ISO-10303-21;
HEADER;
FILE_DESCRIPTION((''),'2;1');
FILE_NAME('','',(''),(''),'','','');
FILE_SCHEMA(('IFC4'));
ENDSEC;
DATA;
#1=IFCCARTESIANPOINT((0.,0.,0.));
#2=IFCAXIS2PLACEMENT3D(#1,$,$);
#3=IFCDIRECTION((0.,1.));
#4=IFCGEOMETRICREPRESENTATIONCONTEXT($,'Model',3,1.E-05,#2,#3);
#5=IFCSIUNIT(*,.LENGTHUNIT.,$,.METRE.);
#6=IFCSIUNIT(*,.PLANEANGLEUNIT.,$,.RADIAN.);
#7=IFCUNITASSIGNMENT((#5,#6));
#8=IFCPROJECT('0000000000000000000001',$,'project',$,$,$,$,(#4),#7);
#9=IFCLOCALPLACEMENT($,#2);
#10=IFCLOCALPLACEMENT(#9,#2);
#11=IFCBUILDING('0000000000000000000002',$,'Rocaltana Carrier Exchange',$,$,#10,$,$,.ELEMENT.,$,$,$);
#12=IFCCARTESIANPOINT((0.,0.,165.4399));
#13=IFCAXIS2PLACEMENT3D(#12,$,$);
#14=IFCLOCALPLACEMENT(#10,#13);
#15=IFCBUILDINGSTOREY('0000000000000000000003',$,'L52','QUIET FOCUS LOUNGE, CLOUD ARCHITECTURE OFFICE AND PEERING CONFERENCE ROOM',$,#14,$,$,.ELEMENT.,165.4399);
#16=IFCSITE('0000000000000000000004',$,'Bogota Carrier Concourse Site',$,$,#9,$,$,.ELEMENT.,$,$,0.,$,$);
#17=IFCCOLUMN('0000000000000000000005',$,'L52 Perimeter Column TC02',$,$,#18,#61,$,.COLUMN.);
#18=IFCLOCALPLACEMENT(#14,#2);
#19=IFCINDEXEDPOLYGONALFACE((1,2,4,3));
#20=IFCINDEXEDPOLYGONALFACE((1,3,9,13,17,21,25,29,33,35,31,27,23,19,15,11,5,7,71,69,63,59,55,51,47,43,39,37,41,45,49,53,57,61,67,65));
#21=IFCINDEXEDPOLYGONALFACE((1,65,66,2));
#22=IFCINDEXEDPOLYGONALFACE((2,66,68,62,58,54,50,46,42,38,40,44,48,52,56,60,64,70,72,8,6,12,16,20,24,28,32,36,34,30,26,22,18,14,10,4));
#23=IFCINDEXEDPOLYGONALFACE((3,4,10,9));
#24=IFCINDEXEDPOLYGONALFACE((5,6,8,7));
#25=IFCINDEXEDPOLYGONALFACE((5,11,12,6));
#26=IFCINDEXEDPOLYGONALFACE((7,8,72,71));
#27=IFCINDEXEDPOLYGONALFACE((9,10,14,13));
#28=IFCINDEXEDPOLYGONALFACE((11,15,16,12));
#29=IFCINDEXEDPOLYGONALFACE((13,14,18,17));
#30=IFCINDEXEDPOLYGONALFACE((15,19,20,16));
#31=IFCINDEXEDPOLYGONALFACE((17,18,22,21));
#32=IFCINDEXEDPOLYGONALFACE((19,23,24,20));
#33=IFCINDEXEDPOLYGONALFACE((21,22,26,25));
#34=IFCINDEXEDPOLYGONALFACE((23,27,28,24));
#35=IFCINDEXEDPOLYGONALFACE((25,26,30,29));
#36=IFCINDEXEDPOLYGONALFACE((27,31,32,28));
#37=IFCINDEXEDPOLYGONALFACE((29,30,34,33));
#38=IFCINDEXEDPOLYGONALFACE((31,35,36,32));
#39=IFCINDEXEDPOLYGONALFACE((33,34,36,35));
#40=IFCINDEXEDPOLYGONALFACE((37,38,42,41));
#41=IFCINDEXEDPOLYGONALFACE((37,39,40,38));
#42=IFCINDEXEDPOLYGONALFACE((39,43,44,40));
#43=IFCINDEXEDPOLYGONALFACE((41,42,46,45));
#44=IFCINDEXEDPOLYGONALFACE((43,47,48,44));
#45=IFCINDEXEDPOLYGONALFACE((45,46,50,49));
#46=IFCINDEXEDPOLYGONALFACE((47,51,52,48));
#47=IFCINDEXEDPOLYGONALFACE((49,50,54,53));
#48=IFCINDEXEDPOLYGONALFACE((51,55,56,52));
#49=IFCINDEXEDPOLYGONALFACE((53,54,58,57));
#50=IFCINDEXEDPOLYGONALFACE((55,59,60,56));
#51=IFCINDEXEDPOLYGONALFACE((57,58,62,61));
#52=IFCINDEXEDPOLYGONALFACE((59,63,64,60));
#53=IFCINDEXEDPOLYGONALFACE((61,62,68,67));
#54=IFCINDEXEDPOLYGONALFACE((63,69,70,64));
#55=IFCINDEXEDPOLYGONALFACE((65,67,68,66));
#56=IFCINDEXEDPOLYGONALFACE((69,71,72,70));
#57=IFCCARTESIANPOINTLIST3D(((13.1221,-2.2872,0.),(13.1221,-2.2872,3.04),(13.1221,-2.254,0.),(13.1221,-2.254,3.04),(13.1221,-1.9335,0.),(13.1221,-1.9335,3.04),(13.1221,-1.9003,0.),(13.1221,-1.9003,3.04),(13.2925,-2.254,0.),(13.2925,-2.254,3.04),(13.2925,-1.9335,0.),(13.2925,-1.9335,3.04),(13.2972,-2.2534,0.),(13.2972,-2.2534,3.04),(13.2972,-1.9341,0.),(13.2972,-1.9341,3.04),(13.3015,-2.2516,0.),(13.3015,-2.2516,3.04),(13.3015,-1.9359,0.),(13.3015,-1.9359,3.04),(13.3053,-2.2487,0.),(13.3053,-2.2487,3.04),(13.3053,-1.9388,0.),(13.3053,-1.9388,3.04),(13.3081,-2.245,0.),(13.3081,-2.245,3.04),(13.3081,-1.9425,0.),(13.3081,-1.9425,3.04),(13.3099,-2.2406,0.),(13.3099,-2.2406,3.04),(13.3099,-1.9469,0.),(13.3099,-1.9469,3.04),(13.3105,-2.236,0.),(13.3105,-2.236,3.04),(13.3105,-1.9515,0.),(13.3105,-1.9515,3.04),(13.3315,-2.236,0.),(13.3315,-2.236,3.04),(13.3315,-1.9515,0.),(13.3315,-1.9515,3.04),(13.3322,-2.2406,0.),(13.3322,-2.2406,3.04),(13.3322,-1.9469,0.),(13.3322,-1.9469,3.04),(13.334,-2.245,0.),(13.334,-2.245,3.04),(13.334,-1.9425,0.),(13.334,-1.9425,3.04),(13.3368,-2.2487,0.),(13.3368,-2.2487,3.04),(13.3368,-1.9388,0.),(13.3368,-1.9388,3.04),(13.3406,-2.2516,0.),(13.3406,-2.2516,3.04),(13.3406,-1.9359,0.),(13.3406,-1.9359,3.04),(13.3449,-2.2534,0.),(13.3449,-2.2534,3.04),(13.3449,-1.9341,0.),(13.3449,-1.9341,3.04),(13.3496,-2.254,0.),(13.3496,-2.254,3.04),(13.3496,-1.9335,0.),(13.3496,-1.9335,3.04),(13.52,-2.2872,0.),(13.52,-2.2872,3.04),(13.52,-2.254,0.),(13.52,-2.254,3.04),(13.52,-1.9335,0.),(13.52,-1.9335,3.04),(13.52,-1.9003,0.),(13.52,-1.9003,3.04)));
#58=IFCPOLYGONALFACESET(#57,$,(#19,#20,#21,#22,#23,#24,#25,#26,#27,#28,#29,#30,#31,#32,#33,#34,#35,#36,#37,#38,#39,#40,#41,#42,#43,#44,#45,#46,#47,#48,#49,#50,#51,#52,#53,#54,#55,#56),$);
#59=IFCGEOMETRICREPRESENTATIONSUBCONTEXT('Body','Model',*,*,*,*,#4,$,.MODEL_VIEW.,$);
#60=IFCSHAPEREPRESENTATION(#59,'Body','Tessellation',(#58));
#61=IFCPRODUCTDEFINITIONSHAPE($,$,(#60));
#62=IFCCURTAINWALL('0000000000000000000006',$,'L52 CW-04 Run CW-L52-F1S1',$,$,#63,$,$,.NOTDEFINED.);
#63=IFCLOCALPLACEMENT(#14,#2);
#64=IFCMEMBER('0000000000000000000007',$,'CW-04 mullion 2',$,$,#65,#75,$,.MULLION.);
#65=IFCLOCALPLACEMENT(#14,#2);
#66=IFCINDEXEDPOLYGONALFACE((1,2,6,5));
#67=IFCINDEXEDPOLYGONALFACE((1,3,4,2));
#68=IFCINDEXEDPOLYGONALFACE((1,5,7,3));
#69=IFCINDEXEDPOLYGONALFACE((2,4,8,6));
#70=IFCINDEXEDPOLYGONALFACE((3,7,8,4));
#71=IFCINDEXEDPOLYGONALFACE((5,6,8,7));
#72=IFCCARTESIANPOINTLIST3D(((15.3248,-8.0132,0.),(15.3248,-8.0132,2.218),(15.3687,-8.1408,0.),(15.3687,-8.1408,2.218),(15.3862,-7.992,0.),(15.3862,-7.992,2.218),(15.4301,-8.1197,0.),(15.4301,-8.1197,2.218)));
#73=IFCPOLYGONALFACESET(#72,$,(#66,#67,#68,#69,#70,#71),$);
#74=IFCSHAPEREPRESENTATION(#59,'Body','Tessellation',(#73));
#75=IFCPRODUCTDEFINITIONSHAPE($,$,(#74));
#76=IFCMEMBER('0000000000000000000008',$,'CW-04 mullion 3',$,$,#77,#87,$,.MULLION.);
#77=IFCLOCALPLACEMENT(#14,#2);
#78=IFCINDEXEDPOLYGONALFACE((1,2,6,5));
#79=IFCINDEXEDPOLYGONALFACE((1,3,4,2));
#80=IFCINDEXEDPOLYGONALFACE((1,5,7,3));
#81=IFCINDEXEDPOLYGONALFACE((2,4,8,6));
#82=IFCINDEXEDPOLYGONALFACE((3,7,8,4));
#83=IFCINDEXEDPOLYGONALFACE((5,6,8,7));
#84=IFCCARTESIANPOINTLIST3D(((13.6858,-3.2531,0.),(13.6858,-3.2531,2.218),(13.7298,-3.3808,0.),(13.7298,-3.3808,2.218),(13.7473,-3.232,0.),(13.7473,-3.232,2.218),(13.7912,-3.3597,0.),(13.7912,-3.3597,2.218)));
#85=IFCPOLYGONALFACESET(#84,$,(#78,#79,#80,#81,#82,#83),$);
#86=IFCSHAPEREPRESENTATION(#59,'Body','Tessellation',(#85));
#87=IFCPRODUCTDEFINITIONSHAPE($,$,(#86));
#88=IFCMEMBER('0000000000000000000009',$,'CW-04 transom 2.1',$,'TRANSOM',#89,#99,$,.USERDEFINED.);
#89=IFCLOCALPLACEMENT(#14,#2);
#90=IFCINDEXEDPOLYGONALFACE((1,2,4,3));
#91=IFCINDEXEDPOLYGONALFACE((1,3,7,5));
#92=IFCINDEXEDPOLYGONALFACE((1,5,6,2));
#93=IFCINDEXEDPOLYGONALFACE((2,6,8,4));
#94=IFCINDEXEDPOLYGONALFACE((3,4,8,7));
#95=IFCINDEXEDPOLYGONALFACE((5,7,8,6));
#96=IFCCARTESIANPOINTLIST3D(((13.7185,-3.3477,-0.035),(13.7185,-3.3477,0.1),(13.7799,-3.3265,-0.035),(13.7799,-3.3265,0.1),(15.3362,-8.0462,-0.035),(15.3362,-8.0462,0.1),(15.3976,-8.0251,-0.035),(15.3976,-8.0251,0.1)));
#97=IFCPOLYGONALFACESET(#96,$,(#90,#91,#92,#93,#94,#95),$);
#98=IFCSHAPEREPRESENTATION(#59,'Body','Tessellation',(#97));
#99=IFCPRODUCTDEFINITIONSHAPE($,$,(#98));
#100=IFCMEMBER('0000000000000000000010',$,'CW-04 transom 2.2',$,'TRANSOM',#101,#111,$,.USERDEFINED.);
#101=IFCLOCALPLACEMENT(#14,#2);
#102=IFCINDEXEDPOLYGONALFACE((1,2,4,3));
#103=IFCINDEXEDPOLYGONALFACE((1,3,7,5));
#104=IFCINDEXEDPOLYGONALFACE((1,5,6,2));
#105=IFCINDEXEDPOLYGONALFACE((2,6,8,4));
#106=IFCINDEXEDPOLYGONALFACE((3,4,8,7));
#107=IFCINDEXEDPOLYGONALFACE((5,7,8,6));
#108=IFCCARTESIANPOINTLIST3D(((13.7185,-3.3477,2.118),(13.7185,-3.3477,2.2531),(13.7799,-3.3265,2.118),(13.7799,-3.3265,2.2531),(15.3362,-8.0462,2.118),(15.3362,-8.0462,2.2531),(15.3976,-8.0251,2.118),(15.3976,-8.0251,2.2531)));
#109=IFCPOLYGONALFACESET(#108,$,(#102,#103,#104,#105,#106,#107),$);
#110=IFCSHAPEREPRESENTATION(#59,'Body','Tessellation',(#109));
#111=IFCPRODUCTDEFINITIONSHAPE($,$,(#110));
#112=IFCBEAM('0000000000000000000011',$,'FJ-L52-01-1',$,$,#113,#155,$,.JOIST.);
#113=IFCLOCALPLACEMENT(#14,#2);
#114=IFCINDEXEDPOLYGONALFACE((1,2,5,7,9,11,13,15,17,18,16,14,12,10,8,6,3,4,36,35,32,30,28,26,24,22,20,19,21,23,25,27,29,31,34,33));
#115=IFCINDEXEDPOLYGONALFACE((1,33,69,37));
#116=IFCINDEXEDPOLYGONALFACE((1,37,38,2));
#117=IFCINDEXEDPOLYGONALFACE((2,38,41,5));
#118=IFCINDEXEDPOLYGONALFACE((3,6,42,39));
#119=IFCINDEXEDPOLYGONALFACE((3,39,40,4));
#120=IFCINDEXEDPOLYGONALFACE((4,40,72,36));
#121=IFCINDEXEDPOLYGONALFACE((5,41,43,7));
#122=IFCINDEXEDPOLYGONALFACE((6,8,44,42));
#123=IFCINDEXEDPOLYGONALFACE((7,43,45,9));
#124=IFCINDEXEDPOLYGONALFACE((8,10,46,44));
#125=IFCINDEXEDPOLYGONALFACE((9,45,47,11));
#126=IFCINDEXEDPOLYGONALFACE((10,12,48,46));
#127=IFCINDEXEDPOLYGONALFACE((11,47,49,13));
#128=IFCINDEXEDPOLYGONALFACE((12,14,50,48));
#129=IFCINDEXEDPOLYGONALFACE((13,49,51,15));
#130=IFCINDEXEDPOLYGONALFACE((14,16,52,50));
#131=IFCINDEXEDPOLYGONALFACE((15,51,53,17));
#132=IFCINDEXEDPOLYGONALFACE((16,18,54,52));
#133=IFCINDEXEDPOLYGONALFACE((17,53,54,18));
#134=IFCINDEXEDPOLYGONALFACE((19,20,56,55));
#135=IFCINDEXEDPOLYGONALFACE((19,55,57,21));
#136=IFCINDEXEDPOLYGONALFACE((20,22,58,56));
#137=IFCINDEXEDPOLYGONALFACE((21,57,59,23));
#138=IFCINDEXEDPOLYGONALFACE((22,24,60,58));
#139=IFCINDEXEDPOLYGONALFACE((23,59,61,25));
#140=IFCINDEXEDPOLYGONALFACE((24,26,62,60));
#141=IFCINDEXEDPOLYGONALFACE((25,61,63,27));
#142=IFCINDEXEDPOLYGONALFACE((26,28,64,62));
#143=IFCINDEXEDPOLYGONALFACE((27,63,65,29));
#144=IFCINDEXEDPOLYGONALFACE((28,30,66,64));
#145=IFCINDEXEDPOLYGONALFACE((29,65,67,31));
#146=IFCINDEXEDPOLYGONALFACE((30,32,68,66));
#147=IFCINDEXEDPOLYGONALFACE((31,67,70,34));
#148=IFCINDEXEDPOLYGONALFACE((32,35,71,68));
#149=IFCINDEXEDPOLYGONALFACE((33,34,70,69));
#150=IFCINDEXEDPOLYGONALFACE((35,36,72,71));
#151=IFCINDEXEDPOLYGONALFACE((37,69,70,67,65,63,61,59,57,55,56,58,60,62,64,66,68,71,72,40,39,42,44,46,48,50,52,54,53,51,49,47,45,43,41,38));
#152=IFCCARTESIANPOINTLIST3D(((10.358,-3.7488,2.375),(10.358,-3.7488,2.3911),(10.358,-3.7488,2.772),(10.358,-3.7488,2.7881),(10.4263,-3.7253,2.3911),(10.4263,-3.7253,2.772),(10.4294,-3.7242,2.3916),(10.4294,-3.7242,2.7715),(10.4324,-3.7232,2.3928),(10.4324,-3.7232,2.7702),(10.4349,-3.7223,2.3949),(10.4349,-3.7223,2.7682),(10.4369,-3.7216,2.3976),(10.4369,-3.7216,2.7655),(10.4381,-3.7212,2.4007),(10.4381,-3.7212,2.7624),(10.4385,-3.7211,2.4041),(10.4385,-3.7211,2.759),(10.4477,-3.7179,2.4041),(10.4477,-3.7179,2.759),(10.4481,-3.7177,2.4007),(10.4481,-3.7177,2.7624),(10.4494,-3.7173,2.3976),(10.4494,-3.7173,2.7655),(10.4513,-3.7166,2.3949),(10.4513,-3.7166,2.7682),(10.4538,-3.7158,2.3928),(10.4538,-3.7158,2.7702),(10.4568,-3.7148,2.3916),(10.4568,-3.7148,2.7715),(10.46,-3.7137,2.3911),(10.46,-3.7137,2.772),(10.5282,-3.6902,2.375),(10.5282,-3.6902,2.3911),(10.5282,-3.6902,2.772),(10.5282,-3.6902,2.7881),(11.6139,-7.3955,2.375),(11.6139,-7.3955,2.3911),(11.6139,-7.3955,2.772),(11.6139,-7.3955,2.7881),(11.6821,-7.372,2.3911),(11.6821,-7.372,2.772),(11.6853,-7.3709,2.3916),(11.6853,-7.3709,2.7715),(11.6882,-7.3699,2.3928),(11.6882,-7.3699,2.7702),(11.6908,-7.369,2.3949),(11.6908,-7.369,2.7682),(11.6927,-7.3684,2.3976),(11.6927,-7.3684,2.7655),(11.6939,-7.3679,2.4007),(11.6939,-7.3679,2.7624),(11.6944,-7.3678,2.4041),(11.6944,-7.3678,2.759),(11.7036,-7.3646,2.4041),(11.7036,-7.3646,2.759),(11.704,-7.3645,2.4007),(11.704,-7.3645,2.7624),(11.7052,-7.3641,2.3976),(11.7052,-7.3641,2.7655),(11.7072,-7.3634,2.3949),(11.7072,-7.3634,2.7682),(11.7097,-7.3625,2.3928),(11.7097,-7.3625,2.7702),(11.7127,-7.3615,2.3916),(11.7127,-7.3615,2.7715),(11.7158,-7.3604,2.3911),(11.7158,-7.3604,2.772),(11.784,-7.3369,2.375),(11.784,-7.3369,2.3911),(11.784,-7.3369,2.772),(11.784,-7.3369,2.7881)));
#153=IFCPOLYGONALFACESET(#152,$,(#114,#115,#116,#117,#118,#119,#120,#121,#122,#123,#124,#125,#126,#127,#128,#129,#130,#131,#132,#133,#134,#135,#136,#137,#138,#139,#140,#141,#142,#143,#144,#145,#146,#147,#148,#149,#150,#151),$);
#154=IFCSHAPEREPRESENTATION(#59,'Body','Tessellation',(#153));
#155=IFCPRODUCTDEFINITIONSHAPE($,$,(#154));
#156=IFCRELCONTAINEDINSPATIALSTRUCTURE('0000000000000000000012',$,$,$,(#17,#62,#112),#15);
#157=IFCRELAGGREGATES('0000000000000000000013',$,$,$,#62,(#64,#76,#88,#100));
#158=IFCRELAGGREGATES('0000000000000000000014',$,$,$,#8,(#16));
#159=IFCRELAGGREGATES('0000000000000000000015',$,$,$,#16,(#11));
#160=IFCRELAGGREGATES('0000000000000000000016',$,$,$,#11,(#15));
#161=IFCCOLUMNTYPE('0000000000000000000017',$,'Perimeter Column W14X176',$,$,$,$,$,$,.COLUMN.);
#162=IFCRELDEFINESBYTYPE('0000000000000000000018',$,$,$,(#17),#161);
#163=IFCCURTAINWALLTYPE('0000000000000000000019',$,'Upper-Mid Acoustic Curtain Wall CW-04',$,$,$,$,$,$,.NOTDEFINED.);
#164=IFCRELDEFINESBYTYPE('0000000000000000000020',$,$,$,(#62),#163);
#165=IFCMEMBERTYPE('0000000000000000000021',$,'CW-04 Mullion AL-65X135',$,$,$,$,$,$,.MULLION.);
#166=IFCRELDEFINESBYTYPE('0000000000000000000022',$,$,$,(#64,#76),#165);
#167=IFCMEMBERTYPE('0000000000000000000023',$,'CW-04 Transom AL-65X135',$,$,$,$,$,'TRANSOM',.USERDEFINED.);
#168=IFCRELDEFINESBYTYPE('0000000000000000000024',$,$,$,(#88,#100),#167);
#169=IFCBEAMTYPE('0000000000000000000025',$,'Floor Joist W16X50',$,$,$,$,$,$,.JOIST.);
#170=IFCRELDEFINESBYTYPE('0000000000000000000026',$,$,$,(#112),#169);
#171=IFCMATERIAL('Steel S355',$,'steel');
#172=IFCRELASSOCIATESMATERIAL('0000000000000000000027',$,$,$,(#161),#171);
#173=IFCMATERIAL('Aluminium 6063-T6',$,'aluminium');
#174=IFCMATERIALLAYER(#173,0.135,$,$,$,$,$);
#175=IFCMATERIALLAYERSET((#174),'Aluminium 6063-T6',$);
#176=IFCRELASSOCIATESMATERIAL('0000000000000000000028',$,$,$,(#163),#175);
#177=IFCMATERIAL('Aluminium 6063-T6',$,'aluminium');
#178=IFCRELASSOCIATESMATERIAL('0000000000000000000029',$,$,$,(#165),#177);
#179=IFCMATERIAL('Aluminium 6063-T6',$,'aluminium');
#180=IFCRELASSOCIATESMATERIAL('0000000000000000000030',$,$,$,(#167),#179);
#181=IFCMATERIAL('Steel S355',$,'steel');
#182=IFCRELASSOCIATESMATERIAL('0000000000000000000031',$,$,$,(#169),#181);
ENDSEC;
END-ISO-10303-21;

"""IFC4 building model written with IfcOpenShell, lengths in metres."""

from ifc_helpers import new_model, si_unit, direction, frame, origin, origin_2d, place, context, subcontext, project, spatial, rectangle, i_section, extrude, material, layer, layer_set, material_profile, profile_set, type_object, element, aggregate, save


model = new_model("IFC4")

# Units and contexts
model_context = context("Model", 3, precision=1e-05, world=origin(), true_north=direction((0.0, 1.0)))
body_context = subcontext(model_context, "Body", "Model", "MODEL_VIEW")
ifc_project = project(units=[si_unit("LENGTHUNIT", "METRE"), si_unit("PLANEANGLEUNIT", "RADIAN")], contexts=[model_context])

# Site, building, storey
site_placement = place(None, origin())
site = spatial("IfcSite", under=ifc_project, at=site_placement, Name="Bogota Carrier Concourse Site", CompositionType="ELEMENT", RefElevation=0.0)
building_placement = place(site_placement, origin())
building = spatial("IfcBuilding", under=site, at=building_placement, Name="Rocaltana Carrier Exchange", CompositionType="ELEMENT")
storey_placement = place(building_placement, frame((0.0, 0.0, 165.4399)))
storey = spatial("IfcBuildingStorey", under=building, at=storey_placement, Name="L52", Description="QUIET FOCUS LOUNGE, CLOUD ARCHITECTURE OFFICE AND PEERING CONFERENCE ROOM", CompositionType="ELEMENT", Elevation=165.4399)

# Column
ifc_material_1 = material(Name="Steel S355", Category="steel")
ifc_material_profile_1 = material_profile(ifc_material_1, i_section(OverallWidth=0.3979, OverallDepth=0.387, WebThickness=0.021, FlangeThickness=0.0332, FilletRadius=0.0181, at=origin_2d()), Name="W14X176")
ifc_profile_set_1 = profile_set([ifc_material_profile_1], Name="Steel S355")
column_type = type_object("IfcColumnType", Name="Perimeter Column W14X176", PredefinedType="COLUMN", material=ifc_profile_set_1)
column_placement = place(storey_placement, frame((13.321, -2.0938, 0.0), z_axis=(0.0, 0.0, 1.0), x_axis=(1.0, 0.0, 0.0)))
element("IfcColumn", 1, at=column_placement, inside=storey, type_object=column_type, Name="L52 Perimeter Column TC02", PredefinedType="COLUMN", context=body_context, shape_type="SweptSolid", body=[
    extrude(i_section(OverallWidth=0.3979, OverallDepth=0.387, WebThickness=0.021, FlangeThickness=0.0332, FilletRadius=0.0181, at=origin_2d()), origin(), (0.0, 0.0, 1.0), 3.04),
])

# Curtain wall, members
ifc_material_2 = material(Name="Aluminium 6063-T6", Category="aluminium")
ifc_layer_1 = layer(ifc_material_2, 0.135)
ifc_layer_set_1 = layer_set([ifc_layer_1], Name="Aluminium 6063-T6")
curtain_wall_type = type_object("IfcCurtainWallType", Name="Upper-Mid Acoustic Curtain Wall CW-04", PredefinedType="NOTDEFINED", material=ifc_layer_set_1)
curtain_wall_placement = place(storey_placement, origin())
curtain_wall = element("IfcCurtainWall", 2, at=curtain_wall_placement, inside=storey, type_object=curtain_wall_type, Name="L52 CW-04 Run CW-L52-F1S1", PredefinedType="NOTDEFINED")
ifc_material_3 = material(Name="Aluminium 6063-T6", Category="aluminium")
ifc_material_profile_2 = material_profile(ifc_material_3, rectangle(XDim=0.0649, YDim=0.135, at=origin_2d()), Name="AL-65X135")
ifc_profile_set_2 = profile_set([ifc_material_profile_2], Name="Aluminium 6063-T6")
member_type_1 = type_object("IfcMemberType", Name="CW-04 Mullion AL-65X135", PredefinedType="MULLION", material=ifc_profile_set_2)
member_1_placement = place(storey_placement, frame((15.3774, -8.0664, 0.0), z_axis=(0.0, 0.0, 1.0), x_axis=(-0.945522, -0.325559, 0.0)))
member_1 = element("IfcMember", 3, at=member_1_placement, type_object=member_type_1, Name="CW-04 mullion 2", PredefinedType="MULLION", context=body_context, shape_type="SweptSolid", body=[
    extrude(rectangle(XDim=0.0649, YDim=0.135, at=origin_2d()), origin(), (0.0, 0.0, 1.0), 2.218),
])
member_2_placement = place(storey_placement, frame((13.7385, -3.3064, 0.0), z_axis=(0.0, 0.0, 1.0), x_axis=(-0.945522, -0.325559, 0.0)))
member_2 = element("IfcMember", 4, at=member_2_placement, type_object=member_type_1, Name="CW-04 mullion 3", PredefinedType="MULLION", context=body_context, shape_type="SweptSolid", body=[
    extrude(rectangle(XDim=0.0649, YDim=0.135, at=origin_2d()), origin(), (0.0, 0.0, 1.0), 2.218),
])
ifc_material_4 = material(Name="Aluminium 6063-T6", Category="aluminium")
ifc_material_profile_3 = material_profile(ifc_material_4, rectangle(XDim=0.0649, YDim=0.135, at=origin_2d()), Name="AL-65X135")
ifc_profile_set_3 = profile_set([ifc_material_profile_3], Name="Aluminium 6063-T6")
member_type_2 = type_object("IfcMemberType", Name="CW-04 Transom AL-65X135", ElementType="TRANSOM", PredefinedType="USERDEFINED", material=ifc_profile_set_3)
member_3_placement = place(storey_placement, frame((15.3669, -8.0356, 0.0325), z_axis=(-0.325542, 0.945527, 0.0), x_axis=(-0.945527, -0.325542, 0.0)))
member_3 = element("IfcMember", 5, at=member_3_placement, type_object=member_type_2, Name="CW-04 transom 2.1", ObjectType="TRANSOM", PredefinedType="USERDEFINED", context=body_context, shape_type="SweptSolid", body=[
    extrude(rectangle(XDim=0.0649, YDim=0.135, at=origin_2d()), origin(), (0.0, 0.0, 1.0), 4.9692),
])
member_4_placement = place(storey_placement, frame((15.3669, -8.0356, 2.1855), z_axis=(-0.325542, 0.945527, 0.0), x_axis=(-0.945527, -0.325542, 0.0)))
member_4 = element("IfcMember", 6, at=member_4_placement, type_object=member_type_2, Name="CW-04 transom 2.2", ObjectType="TRANSOM", PredefinedType="USERDEFINED", context=body_context, shape_type="SweptSolid", body=[
    extrude(rectangle(XDim=0.0649, YDim=0.135, at=origin_2d()), origin(), (0.0, 0.0, 1.0), 4.9692),
])

# Beam
ifc_material_5 = material(Name="Steel S355", Category="steel")
ifc_material_profile_4 = material_profile(ifc_material_5, i_section(OverallWidth=0.1799, OverallDepth=0.4131, WebThickness=0.0098, FlangeThickness=0.0161, FilletRadius=0.0129, at=origin_2d()), Name="W16X50")
ifc_profile_set_4 = profile_set([ifc_material_profile_4], Name="Steel S355")
beam_type_1 = type_object("IfcBeamType", Name="Floor Joist W16X50", PredefinedType="JOIST", material=ifc_profile_set_4)
beam_1_placement = place(storey_placement, frame((11.699, -7.3662, 2.5815), z_axis=(-0.325612, 0.945503, 0.0), x_axis=(-0.945503, -0.325612, 0.0)))
element("IfcBeam", 7, at=beam_1_placement, inside=storey, type_object=beam_type_1, Name="FJ-L52-01-1", PredefinedType="JOIST", context=body_context, shape_type="SweptSolid", body=[
    extrude(i_section(OverallWidth=0.1799, OverallDepth=0.4131, WebThickness=0.0098, FlangeThickness=0.0161, FilletRadius=0.0129, at=origin_2d()), origin(), (0.0, 0.0, 1.0), 3.8569),
])

aggregate(curtain_wall, [member_1, member_2, member_3, member_4])

save(model, "model.ifc")
